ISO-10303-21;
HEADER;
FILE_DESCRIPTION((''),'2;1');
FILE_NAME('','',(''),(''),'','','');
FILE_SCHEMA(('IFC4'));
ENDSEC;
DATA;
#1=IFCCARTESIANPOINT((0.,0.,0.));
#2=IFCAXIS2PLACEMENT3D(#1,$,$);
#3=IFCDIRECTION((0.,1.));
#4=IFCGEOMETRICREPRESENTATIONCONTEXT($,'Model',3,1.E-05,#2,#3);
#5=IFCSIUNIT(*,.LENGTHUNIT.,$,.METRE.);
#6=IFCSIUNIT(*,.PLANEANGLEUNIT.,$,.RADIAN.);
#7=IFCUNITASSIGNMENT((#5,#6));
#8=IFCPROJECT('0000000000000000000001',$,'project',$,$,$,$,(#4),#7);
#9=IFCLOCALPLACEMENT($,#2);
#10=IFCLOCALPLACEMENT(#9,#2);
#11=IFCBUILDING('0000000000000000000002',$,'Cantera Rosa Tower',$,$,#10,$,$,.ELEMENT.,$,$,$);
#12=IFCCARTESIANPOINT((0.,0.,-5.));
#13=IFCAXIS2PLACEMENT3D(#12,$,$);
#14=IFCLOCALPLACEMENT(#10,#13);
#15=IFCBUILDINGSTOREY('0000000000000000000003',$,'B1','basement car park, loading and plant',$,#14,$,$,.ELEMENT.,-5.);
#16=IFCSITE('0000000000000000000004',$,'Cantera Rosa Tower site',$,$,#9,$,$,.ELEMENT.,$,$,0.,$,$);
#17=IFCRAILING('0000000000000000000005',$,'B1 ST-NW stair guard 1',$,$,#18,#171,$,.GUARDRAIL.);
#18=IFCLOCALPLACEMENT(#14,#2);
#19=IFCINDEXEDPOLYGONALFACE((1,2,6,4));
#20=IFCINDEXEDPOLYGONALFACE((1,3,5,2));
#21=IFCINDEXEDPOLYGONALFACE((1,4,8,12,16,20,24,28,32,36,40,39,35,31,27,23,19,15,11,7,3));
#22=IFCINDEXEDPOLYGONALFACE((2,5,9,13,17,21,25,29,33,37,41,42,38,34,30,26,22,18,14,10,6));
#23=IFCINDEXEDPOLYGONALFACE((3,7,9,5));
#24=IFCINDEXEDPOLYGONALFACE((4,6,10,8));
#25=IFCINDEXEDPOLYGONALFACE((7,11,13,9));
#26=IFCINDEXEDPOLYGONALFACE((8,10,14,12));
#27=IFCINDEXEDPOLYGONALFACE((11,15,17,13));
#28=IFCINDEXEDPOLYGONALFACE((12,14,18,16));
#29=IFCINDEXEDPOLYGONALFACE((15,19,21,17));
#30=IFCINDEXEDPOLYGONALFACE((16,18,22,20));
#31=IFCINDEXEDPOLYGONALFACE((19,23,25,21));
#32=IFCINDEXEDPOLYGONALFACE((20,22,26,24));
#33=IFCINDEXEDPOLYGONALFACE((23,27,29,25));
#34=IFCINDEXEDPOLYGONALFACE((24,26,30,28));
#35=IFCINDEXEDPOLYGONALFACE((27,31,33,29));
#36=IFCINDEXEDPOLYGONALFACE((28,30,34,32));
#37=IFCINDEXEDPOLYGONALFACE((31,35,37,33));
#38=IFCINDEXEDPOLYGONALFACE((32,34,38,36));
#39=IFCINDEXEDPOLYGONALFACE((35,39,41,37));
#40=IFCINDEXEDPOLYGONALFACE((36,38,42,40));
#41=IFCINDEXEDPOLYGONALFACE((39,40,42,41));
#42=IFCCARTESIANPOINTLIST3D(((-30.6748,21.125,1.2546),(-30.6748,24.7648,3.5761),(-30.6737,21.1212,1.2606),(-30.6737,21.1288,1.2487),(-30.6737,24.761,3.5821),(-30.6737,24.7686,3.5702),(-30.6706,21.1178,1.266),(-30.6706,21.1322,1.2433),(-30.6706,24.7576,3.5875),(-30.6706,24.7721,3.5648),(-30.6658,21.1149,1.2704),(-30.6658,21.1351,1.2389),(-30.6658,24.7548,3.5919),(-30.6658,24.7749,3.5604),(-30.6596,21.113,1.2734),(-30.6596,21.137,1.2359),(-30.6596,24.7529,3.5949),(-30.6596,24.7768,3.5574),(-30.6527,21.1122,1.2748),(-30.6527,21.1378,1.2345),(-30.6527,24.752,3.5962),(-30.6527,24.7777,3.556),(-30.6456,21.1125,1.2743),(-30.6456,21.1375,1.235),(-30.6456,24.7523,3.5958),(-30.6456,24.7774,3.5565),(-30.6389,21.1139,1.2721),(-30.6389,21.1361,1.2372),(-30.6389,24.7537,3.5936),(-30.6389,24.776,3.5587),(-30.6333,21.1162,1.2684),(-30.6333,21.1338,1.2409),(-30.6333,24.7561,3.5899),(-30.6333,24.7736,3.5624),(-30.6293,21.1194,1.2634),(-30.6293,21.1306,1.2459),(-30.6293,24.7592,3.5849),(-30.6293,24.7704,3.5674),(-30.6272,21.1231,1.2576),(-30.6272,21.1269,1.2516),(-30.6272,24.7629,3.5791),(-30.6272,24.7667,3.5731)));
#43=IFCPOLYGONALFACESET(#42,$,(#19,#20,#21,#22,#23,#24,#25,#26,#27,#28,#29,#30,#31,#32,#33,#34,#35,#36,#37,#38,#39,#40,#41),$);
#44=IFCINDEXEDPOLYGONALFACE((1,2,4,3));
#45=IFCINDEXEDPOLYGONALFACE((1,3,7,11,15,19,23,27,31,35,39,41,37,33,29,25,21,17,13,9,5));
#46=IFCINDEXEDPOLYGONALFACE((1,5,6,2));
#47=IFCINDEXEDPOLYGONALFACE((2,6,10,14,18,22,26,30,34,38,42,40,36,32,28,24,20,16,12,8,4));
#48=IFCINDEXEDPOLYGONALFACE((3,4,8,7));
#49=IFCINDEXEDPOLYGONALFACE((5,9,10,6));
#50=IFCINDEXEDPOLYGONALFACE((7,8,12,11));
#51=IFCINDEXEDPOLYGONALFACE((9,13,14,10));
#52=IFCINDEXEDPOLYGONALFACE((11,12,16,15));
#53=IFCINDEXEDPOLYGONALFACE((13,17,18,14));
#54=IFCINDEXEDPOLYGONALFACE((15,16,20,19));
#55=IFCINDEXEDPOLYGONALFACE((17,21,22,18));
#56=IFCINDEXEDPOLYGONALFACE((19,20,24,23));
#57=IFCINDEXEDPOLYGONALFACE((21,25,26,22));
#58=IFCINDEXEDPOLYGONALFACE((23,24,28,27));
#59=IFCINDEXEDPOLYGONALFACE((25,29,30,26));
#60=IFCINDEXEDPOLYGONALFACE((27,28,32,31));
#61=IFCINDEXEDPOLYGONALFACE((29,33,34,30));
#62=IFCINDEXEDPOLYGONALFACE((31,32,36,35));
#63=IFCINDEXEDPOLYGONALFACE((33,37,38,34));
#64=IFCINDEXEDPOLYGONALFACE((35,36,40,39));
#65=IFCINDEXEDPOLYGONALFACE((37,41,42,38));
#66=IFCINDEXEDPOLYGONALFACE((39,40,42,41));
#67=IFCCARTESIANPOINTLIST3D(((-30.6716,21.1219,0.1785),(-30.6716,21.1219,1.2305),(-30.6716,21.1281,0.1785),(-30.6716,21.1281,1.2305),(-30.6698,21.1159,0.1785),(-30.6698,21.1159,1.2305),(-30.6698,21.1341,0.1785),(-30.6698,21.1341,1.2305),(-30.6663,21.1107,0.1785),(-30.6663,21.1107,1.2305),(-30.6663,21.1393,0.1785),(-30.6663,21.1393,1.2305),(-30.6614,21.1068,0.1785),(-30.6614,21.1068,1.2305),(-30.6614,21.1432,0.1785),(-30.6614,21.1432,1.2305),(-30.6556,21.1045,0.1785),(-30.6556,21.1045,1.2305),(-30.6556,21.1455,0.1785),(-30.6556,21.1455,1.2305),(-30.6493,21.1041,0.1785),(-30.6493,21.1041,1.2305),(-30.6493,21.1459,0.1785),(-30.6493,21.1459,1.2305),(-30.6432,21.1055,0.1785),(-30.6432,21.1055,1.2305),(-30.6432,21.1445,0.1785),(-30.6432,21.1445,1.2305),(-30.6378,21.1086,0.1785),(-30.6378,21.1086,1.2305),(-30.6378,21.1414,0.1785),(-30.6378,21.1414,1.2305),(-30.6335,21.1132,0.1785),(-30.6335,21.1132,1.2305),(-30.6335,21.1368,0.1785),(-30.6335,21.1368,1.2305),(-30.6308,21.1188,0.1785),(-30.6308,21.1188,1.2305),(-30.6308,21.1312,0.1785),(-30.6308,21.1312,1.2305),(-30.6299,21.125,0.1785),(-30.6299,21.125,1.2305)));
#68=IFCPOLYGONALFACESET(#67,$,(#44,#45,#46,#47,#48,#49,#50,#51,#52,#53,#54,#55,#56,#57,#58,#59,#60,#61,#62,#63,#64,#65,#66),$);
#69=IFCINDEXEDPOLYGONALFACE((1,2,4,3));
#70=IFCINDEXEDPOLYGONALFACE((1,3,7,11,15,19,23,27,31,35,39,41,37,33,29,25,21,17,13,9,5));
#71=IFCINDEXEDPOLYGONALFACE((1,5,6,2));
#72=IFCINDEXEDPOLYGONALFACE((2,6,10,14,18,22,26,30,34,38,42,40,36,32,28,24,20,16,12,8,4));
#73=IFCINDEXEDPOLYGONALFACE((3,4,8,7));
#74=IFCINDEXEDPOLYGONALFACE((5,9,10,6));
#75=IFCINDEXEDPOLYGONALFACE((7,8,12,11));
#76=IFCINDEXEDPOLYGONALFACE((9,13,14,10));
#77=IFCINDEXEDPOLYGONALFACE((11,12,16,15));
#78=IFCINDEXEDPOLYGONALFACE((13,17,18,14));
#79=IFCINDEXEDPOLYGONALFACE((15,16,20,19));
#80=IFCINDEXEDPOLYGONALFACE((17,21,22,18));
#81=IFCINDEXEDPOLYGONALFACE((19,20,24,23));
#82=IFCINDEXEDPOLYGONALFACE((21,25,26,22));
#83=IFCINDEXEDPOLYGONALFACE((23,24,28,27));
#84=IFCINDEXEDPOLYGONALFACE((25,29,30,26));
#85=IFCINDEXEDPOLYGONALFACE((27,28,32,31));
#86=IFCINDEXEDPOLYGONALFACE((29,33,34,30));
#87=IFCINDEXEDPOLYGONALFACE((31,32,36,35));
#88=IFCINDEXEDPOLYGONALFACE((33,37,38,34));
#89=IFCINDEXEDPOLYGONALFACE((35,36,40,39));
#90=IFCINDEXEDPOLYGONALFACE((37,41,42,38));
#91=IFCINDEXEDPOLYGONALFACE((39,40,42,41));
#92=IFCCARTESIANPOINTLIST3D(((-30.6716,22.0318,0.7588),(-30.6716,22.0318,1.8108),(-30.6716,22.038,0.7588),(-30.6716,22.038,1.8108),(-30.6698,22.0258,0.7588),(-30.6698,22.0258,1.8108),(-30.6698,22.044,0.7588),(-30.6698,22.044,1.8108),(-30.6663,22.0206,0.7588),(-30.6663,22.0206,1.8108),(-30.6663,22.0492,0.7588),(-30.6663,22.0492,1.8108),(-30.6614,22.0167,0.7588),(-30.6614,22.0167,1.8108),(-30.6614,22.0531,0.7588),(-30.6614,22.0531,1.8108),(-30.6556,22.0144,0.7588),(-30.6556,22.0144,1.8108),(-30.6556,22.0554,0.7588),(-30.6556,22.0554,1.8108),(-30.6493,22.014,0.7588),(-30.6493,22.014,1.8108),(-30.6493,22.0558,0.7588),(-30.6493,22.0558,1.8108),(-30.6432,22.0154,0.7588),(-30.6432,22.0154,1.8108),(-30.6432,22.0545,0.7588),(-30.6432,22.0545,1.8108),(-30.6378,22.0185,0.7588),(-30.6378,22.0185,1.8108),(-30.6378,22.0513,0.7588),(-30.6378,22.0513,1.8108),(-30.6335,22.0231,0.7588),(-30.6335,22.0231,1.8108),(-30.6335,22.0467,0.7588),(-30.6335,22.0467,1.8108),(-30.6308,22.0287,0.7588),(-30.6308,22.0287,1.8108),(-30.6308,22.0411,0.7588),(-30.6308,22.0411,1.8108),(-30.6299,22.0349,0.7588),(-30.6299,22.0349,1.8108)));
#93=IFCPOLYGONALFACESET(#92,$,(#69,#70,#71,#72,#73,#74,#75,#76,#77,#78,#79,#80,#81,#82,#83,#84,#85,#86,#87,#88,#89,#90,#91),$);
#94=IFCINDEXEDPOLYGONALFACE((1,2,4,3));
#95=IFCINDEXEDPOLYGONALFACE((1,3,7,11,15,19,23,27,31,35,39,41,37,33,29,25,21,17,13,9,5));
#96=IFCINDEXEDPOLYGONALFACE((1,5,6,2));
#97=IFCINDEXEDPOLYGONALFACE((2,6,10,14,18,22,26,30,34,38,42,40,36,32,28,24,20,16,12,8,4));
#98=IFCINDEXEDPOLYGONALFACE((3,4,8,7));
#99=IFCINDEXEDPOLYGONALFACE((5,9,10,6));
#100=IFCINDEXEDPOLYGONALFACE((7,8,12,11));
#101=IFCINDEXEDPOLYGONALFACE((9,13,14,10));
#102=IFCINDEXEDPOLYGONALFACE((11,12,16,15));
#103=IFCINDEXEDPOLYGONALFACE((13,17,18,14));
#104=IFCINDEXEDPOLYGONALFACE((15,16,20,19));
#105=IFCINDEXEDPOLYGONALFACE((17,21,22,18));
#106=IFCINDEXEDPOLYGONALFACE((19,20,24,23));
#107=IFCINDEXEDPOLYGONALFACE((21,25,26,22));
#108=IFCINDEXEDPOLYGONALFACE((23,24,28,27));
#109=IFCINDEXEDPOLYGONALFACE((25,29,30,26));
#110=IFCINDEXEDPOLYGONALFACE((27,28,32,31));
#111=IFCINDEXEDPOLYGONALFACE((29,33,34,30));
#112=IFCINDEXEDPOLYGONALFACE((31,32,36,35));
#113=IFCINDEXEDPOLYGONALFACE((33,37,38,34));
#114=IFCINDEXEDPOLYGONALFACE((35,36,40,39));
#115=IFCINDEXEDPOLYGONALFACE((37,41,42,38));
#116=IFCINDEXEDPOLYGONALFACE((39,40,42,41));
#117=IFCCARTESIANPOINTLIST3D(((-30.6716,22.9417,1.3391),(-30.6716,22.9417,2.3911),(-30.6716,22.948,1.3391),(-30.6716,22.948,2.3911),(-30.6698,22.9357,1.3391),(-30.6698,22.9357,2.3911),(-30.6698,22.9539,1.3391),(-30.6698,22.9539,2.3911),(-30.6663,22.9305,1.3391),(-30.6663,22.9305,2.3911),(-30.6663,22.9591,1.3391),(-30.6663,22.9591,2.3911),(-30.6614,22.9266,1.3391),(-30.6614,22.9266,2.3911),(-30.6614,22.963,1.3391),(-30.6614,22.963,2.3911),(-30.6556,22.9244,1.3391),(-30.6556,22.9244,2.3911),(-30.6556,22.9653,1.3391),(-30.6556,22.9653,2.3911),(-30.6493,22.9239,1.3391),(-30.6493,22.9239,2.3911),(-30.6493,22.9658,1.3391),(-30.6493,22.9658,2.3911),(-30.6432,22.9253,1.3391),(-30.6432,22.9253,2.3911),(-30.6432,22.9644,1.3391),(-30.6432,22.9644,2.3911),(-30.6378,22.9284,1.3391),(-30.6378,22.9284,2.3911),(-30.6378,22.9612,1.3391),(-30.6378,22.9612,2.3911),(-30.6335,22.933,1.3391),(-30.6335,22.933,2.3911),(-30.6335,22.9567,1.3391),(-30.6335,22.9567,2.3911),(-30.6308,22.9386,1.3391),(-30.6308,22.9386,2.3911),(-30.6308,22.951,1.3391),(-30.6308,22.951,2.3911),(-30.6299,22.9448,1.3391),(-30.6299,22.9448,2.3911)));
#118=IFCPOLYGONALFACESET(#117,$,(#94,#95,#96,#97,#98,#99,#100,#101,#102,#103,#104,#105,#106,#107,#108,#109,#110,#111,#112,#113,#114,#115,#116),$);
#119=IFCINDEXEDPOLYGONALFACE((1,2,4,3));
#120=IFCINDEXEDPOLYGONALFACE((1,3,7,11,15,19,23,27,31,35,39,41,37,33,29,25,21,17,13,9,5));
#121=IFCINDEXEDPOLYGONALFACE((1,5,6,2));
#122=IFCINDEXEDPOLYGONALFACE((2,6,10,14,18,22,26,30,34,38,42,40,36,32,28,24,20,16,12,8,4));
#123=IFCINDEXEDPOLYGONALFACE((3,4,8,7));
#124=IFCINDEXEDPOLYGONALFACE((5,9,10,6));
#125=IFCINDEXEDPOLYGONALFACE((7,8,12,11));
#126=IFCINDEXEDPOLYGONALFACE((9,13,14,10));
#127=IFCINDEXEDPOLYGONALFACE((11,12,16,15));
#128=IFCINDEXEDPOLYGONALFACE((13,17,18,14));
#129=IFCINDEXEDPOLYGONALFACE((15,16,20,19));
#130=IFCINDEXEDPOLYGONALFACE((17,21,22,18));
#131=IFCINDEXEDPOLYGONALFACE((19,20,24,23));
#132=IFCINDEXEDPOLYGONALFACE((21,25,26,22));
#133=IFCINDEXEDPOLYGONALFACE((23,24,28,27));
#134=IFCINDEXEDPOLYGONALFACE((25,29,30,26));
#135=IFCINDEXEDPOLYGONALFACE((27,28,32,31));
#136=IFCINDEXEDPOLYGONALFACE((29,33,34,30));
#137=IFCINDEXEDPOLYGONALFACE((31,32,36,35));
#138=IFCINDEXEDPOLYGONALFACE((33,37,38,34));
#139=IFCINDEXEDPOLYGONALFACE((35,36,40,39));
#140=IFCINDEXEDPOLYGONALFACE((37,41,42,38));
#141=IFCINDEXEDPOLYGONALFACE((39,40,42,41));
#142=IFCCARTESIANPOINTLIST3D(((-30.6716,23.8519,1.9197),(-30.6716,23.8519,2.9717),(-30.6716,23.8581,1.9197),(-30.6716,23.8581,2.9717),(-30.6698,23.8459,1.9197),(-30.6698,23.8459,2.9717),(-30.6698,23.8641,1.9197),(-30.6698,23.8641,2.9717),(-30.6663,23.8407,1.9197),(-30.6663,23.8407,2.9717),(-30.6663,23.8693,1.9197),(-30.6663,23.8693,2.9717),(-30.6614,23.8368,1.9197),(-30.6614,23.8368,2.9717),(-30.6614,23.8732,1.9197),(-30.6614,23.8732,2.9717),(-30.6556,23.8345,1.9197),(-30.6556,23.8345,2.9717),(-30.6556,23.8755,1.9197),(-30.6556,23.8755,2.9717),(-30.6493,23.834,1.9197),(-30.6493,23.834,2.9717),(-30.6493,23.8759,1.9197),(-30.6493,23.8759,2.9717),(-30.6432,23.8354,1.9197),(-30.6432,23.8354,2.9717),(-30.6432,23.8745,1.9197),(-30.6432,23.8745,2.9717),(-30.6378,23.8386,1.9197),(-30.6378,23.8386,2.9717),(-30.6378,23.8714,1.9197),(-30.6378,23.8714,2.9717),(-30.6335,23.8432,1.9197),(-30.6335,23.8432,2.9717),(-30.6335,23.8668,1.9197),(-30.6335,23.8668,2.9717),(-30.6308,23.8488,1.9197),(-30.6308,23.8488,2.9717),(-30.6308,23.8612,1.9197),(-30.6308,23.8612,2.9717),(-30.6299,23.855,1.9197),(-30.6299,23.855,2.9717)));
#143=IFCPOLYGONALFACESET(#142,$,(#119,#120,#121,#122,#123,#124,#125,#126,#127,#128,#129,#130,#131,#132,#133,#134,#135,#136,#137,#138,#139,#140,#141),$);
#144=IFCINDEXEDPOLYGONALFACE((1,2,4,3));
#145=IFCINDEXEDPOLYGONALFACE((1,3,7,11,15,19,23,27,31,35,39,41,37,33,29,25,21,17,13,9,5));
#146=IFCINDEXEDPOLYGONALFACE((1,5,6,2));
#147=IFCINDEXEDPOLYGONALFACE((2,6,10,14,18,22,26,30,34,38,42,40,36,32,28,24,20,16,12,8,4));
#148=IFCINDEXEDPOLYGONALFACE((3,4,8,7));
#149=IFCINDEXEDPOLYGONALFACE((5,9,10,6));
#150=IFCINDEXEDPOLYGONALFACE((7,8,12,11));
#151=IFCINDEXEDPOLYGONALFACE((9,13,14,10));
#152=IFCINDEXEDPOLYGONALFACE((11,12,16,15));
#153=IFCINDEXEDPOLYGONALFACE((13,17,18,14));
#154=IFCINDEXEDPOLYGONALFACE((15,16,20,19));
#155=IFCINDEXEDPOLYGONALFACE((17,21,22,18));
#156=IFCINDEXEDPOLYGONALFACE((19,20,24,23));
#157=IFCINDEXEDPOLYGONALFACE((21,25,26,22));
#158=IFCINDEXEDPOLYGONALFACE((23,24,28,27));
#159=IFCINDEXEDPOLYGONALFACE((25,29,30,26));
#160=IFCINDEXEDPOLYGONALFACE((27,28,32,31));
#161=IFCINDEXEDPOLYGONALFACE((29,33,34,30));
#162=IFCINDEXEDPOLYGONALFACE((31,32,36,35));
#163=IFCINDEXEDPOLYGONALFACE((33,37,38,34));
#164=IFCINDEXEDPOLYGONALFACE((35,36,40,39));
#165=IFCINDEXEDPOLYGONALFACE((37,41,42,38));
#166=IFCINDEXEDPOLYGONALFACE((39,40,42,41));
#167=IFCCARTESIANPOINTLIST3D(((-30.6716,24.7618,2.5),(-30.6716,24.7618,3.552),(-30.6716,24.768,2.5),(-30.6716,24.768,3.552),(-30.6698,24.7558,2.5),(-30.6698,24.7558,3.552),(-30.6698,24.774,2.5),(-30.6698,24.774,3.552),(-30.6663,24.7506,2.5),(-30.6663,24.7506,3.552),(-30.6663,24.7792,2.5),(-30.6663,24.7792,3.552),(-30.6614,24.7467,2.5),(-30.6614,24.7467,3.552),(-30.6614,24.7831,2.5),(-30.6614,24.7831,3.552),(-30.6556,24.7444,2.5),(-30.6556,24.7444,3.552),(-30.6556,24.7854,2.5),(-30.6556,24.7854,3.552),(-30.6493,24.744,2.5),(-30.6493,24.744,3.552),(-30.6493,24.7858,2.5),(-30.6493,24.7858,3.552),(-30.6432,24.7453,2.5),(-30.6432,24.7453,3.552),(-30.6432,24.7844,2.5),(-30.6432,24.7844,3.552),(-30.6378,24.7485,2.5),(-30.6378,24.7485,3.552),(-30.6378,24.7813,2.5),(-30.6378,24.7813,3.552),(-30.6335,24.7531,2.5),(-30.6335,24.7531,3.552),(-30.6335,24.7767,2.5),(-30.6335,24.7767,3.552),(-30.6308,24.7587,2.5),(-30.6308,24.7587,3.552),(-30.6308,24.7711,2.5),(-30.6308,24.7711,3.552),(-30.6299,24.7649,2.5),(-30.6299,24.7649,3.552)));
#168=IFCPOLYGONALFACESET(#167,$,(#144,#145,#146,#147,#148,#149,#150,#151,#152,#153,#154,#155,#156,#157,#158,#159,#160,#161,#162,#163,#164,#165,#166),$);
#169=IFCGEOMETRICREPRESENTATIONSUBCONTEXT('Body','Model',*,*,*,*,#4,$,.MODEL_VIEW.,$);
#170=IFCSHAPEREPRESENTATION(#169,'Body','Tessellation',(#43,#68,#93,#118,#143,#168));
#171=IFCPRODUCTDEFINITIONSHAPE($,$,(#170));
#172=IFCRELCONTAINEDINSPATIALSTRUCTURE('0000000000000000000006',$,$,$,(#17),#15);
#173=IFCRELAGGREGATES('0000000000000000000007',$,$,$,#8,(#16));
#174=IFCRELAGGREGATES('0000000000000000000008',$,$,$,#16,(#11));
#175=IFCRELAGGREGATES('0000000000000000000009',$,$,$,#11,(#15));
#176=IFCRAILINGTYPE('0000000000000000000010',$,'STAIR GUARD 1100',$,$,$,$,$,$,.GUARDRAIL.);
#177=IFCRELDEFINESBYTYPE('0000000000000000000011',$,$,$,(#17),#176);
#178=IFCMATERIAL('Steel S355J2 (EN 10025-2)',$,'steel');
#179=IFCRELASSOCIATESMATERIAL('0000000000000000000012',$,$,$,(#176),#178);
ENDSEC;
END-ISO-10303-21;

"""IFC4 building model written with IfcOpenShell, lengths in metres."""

from ifc_helpers import new_model, si_unit, direction, frame, origin, origin_2d, place, context, subcontext, project, spatial, circle, extrude, material, type_object, element, save


model = new_model("IFC4")

# Units and contexts
model_context = context("Model", 3, precision=1e-05, world=origin(), true_north=direction((0.0, 1.0)))
body_context = subcontext(model_context, "Body", "Model", "MODEL_VIEW")
ifc_project = project(units=[si_unit("LENGTHUNIT", "METRE"), si_unit("PLANEANGLEUNIT", "RADIAN")], contexts=[model_context])

# Site, building, storey
site_placement = place(None, origin())
site = spatial("IfcSite", under=ifc_project, at=site_placement, Name="Cantera Rosa Tower site", CompositionType="ELEMENT", RefElevation=0.0)
building_placement = place(site_placement, origin())
building = spatial("IfcBuilding", under=site, at=building_placement, Name="Cantera Rosa Tower", CompositionType="ELEMENT")
storey_placement = place(building_placement, frame((0.0, 0.0, -5.0)))
storey = spatial("IfcBuildingStorey", under=building, at=storey_placement, Name="B1", Description="basement car park, loading and plant", CompositionType="ELEMENT", Elevation=-5.0)

# Railing
ifc_material_1 = material(Name="Steel S355J2 (EN 10025-2)", Category="steel")
railing_type_1 = type_object("IfcRailingType", Name="STAIR GUARD 1100", PredefinedType="GUARDRAIL", material=ifc_material_1)
railing_1_placement = place(storey_placement, frame((-30.6509, 21.125, 0.1785)))
element("IfcRailing", 1, at=railing_1_placement, inside=storey, type_object=railing_type_1, Name="B1 ST-NW stair guard 1", PredefinedType="GUARDRAIL", context=body_context, shape_type="SweptSolid", body=[
    extrude(circle(Radius=0.0239, at=origin_2d()), frame((0.0, 0.0, 1.0762), z_axis=(0.0, 0.843112, 0.537739), x_axis=(-1.0, 0.0, 0.0)), (0.0, 0.0, 1.0), 4.3171),
    extrude(circle(Radius=0.021, at=origin_2d()), origin(), (0.0, 0.0, 1.0), 1.052),
    extrude(circle(Radius=0.021, at=origin_2d()), frame((0.0, 0.9099, 0.5803)), (0.0, 0.0, 1.0), 1.052),
    extrude(circle(Radius=0.021, at=origin_2d()), frame((0.0, 1.8198, 1.1606)), (0.0, 0.0, 1.0), 1.052),
    extrude(circle(Radius=0.021, at=origin_2d()), frame((0.0, 2.73, 1.7412)), (0.0, 0.0, 1.0), 1.052),
    extrude(circle(Radius=0.021, at=origin_2d()), frame((0.0, 3.6399, 2.3215)), (0.0, 0.0, 1.0), 1.052),
])

save(model, "model.ifc")
